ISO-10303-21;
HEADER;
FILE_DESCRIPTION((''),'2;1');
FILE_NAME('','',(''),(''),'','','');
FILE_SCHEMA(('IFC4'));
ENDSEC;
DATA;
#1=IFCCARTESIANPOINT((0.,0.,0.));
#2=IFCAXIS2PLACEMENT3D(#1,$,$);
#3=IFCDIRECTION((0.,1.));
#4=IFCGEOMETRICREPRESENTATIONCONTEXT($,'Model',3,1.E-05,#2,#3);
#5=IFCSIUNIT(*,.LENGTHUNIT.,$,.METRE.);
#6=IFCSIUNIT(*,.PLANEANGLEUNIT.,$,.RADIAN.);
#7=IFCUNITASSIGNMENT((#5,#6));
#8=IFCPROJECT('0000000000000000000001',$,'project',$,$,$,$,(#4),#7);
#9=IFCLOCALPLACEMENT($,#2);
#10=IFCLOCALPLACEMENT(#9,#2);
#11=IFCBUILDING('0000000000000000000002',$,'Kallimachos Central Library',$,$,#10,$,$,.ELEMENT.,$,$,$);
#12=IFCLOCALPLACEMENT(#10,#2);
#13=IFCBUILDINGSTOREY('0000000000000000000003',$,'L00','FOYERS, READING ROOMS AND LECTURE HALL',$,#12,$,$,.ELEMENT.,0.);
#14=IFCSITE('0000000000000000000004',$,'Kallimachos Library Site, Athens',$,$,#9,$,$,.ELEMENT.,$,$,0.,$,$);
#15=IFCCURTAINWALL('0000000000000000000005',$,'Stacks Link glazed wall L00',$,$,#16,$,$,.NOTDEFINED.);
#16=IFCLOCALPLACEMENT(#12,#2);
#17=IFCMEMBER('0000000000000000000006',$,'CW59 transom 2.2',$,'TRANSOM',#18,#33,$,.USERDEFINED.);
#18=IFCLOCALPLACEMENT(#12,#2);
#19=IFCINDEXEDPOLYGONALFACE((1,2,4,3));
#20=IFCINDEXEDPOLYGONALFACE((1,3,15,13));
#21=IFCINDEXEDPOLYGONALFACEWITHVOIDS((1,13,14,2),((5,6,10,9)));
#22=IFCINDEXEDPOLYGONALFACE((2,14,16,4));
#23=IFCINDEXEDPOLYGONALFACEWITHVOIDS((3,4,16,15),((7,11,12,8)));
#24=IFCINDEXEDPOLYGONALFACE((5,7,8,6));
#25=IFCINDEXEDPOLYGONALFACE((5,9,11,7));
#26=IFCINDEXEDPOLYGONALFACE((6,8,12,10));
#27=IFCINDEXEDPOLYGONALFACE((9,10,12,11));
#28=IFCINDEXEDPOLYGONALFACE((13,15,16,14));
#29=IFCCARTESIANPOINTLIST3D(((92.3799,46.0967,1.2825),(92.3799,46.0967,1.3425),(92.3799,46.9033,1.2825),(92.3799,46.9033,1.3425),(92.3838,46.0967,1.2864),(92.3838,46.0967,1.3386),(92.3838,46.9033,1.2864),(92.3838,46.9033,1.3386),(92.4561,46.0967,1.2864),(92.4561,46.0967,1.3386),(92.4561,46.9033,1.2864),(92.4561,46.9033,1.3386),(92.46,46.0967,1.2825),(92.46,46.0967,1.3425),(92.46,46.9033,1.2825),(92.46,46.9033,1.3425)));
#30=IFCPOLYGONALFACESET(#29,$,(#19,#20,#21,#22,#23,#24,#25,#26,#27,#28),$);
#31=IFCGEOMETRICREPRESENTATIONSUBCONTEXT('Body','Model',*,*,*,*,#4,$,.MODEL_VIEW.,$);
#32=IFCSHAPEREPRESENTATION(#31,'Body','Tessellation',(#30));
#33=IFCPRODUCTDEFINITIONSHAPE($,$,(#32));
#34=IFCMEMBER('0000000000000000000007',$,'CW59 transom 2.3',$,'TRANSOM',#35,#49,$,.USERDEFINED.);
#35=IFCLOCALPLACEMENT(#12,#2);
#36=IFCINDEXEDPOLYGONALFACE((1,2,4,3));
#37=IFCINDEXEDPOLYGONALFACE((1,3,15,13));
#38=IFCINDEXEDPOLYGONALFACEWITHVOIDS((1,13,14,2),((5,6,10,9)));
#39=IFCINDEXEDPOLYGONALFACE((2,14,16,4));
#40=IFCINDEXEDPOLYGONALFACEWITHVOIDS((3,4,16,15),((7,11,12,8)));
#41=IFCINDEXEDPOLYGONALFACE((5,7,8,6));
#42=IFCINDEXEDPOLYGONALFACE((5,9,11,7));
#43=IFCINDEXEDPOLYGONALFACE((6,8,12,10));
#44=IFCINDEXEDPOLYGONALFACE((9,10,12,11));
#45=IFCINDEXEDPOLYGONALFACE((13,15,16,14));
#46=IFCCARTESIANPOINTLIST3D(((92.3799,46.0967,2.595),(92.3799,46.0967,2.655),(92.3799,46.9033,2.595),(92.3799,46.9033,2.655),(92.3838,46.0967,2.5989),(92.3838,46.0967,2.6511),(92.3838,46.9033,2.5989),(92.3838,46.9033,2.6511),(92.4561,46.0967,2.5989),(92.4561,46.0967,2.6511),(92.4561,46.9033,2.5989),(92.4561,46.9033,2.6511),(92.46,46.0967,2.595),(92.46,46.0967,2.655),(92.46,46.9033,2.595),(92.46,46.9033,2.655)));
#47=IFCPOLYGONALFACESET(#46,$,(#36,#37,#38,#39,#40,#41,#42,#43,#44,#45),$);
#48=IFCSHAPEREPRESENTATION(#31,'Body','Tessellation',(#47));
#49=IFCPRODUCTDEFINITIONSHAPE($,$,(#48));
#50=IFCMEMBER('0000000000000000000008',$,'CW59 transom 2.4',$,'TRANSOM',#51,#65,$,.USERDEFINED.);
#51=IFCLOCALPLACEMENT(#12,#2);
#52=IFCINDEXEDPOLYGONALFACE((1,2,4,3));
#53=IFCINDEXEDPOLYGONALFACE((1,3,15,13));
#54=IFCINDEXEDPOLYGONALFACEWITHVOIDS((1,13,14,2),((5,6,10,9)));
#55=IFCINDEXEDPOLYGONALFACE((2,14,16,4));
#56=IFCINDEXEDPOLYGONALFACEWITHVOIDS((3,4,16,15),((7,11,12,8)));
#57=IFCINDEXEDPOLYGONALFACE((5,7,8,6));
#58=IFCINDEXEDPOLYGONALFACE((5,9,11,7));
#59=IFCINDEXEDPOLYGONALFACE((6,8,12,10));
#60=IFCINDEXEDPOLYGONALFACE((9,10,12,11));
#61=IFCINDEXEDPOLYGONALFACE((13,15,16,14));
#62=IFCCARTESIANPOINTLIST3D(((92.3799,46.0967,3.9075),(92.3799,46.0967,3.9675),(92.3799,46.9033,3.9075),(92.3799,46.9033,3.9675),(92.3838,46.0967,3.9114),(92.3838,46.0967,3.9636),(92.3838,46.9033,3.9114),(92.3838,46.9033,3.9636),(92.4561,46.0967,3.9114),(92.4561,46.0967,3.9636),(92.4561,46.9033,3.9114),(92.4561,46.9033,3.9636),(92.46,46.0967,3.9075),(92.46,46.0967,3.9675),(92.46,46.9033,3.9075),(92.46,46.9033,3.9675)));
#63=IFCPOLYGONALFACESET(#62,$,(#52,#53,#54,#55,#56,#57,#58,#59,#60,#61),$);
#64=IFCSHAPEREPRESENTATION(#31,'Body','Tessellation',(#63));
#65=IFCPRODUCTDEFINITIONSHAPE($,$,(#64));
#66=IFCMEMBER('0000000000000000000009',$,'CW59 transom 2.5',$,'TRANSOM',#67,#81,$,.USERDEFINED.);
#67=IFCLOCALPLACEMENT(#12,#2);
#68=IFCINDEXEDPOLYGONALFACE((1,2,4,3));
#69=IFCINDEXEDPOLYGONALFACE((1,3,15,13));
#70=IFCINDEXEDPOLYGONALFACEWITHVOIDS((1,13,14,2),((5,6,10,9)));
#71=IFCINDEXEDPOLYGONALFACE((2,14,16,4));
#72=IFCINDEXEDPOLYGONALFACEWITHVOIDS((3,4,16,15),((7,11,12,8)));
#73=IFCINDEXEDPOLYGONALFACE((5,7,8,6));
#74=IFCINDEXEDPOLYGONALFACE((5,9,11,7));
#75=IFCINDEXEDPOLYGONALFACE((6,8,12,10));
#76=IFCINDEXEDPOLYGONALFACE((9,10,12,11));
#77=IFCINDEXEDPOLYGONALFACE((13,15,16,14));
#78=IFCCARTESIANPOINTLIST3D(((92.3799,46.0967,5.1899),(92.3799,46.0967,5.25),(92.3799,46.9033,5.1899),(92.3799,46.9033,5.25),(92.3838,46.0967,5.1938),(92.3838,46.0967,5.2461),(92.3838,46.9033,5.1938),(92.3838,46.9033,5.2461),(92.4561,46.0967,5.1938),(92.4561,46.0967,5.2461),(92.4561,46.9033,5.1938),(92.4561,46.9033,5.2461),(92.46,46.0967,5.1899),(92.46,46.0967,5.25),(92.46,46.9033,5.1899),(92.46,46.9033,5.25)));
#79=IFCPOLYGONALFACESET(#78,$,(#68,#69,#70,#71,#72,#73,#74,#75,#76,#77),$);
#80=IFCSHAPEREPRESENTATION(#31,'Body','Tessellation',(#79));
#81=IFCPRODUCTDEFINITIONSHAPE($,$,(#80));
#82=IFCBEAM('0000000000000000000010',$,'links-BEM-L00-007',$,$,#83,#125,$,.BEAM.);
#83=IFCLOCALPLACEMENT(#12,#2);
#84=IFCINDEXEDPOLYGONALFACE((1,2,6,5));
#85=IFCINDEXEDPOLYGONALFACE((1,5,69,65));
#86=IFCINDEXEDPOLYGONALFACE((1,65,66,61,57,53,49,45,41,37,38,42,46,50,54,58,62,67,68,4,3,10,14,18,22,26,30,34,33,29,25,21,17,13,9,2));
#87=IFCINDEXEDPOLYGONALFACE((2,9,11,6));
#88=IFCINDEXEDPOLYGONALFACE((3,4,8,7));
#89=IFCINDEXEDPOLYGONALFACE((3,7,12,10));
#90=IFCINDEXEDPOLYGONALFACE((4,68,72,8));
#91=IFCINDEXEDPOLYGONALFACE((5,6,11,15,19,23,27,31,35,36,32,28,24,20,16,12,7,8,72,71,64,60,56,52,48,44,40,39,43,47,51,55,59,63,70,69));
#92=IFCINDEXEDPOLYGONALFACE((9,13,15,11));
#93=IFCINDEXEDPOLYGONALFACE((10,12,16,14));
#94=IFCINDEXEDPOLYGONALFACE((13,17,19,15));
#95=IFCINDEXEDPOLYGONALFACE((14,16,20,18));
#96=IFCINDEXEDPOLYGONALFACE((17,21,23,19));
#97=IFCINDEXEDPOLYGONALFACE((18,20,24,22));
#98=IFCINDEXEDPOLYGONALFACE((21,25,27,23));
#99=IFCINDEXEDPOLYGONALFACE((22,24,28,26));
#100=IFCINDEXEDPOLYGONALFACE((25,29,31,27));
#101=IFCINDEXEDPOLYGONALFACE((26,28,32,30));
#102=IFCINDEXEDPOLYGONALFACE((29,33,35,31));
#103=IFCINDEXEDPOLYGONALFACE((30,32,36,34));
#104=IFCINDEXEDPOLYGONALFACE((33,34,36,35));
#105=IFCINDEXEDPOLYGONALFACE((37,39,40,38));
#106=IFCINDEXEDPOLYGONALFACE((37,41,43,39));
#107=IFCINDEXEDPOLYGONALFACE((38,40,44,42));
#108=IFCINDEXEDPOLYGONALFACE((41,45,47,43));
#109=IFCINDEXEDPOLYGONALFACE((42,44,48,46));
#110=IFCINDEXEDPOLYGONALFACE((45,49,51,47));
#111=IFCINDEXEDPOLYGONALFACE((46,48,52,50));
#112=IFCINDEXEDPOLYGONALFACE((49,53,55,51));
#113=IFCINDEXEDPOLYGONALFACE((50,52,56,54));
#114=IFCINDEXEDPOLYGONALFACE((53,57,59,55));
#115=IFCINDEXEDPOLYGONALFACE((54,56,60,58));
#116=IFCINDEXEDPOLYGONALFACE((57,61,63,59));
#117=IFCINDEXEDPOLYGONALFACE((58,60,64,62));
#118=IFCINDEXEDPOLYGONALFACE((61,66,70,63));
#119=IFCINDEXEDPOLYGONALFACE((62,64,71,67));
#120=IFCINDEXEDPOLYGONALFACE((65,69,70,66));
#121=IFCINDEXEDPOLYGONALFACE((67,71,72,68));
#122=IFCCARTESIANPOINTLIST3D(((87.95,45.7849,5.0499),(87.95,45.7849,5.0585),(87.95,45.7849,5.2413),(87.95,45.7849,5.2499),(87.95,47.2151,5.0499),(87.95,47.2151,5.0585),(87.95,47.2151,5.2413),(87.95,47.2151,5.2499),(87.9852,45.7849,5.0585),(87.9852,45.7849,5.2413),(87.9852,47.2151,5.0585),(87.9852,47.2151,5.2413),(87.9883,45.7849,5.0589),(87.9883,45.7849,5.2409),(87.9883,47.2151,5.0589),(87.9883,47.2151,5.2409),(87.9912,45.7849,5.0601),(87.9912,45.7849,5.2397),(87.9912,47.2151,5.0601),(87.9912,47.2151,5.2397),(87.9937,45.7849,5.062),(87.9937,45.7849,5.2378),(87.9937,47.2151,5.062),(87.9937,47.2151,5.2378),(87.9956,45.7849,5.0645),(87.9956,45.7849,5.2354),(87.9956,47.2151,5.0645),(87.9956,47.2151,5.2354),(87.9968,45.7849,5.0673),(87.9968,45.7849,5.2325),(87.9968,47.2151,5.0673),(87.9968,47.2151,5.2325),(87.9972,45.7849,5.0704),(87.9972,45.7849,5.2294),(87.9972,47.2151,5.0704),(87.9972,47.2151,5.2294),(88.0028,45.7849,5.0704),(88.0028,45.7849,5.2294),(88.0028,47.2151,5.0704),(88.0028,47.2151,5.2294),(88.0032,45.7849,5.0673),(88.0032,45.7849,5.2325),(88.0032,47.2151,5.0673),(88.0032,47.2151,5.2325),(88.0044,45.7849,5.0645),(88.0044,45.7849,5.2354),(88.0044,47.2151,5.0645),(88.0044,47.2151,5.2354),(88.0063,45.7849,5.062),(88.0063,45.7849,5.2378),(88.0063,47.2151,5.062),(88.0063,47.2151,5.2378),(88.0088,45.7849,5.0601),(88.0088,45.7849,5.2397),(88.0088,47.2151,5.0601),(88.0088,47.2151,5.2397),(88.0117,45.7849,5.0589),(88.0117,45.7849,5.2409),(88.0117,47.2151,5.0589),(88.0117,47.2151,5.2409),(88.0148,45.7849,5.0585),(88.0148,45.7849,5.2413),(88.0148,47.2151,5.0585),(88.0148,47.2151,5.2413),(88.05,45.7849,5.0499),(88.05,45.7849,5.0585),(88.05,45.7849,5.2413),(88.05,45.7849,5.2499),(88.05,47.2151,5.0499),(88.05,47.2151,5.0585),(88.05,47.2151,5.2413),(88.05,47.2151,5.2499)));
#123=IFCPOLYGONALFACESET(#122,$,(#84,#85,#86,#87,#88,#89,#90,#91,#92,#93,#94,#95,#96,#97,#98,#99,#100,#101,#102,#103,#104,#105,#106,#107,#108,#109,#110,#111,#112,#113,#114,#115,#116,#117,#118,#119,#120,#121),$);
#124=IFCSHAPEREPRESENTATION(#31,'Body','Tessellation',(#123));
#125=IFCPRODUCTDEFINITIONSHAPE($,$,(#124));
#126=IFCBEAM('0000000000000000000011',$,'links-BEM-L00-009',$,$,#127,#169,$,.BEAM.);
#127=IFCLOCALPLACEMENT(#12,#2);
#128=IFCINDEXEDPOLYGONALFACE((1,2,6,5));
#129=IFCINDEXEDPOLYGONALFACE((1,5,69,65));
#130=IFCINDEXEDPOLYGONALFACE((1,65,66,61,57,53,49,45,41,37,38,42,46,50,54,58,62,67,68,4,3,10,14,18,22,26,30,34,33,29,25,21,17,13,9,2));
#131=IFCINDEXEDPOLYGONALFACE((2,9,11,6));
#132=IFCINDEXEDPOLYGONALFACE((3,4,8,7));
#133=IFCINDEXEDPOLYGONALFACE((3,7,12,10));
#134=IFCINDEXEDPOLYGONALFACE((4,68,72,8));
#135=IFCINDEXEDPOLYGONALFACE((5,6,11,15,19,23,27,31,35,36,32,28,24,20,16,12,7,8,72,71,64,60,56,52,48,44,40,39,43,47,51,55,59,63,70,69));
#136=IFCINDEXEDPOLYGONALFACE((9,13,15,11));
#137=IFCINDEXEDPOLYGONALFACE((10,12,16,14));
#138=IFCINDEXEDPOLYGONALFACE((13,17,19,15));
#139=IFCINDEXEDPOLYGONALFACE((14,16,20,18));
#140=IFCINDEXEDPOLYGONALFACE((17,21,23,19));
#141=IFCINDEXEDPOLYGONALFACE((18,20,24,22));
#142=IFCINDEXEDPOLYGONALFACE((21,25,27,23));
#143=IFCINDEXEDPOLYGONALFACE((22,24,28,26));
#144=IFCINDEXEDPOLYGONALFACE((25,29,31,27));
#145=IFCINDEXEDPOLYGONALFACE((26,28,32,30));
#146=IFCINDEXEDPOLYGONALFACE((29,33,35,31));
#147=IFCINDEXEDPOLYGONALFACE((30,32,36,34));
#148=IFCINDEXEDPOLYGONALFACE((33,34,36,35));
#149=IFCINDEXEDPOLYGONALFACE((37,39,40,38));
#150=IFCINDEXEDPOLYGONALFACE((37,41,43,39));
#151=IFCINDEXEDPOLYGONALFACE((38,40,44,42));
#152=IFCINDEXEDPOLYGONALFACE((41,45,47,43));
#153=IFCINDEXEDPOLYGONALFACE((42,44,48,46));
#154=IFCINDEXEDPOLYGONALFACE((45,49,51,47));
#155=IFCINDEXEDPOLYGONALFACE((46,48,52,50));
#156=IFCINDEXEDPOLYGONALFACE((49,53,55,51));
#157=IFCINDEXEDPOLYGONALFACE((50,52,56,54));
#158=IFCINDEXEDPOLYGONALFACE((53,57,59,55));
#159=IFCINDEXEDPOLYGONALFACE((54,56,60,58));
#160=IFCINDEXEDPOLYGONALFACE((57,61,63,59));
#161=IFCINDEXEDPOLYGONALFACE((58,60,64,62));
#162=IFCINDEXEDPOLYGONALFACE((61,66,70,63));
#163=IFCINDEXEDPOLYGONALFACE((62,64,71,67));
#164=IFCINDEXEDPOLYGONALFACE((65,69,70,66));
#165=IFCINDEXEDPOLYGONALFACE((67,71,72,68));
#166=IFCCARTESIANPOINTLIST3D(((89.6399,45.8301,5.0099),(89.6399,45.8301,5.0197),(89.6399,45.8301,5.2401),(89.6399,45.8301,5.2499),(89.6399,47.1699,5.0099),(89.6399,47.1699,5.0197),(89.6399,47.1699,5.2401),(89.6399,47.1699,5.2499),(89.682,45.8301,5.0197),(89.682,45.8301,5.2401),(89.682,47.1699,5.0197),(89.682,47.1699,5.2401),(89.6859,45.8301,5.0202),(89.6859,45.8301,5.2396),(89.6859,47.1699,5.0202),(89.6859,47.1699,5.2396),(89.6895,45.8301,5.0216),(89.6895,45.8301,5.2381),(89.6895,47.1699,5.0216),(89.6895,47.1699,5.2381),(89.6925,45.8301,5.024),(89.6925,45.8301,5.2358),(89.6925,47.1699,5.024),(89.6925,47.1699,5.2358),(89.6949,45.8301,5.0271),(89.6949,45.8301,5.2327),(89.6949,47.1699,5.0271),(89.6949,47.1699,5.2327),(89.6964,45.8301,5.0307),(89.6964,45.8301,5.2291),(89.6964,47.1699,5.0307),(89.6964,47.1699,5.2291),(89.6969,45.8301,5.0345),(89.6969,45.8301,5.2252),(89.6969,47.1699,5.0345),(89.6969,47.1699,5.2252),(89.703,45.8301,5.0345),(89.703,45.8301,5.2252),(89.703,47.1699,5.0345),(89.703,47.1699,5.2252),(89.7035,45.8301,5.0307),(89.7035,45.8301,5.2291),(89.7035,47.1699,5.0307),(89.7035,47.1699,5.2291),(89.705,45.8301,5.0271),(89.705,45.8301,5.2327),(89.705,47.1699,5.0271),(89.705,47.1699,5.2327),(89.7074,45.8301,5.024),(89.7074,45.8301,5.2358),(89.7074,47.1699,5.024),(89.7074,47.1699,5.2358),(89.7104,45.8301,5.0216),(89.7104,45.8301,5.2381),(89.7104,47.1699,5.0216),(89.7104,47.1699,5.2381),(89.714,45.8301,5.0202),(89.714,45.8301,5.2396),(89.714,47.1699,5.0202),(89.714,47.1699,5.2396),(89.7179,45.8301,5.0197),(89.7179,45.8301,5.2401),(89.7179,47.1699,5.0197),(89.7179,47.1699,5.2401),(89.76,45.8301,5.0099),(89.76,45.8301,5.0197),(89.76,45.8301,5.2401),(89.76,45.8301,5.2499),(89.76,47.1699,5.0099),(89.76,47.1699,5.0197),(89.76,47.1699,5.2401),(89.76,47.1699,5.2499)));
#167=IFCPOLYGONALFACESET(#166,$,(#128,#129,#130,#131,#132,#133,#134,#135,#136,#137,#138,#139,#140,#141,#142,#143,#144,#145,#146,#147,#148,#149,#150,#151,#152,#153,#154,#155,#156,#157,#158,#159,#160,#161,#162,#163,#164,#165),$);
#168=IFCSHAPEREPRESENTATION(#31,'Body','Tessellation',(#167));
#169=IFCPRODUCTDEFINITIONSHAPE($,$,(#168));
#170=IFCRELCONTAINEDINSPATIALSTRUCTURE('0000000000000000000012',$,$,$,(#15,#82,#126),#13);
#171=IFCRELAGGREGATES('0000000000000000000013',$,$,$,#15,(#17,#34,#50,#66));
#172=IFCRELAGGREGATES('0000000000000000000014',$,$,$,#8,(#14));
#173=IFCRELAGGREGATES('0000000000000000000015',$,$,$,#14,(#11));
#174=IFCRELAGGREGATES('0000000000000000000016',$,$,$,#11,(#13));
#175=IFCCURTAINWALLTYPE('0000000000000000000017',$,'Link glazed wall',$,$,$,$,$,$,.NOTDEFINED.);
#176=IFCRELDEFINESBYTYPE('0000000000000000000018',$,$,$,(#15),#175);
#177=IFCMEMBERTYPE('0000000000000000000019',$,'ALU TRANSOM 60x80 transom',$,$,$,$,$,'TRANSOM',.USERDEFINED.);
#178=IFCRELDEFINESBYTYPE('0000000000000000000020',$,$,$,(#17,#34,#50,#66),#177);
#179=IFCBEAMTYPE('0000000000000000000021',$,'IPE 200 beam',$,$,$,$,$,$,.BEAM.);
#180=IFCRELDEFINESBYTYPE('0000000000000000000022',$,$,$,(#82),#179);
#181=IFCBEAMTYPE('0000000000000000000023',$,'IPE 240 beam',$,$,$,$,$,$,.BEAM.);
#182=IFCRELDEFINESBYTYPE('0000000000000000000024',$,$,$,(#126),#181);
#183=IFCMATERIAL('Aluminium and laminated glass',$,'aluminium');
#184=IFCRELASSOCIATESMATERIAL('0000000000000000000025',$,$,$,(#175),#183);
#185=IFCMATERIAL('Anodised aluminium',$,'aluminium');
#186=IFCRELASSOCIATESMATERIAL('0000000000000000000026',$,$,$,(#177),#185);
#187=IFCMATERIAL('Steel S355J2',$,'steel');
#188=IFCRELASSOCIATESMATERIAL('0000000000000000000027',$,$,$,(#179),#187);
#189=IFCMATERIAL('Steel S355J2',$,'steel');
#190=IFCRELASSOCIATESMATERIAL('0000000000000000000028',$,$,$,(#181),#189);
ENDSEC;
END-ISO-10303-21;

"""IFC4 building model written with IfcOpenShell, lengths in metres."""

from ifc_helpers import new_model, si_unit, direction, frame, origin, origin_2d, place, context, subcontext, project, spatial, hollow_rectangle, i_section, extrude, material, material_profile, profile_set, type_object, element, aggregate, save


model = new_model("IFC4")

# Units and contexts
model_context = context("Model", 3, precision=1e-05, world=origin(), true_north=direction((0.0, 1.0)))
body_context = subcontext(model_context, "Body", "Model", "MODEL_VIEW")
ifc_project = project(units=[si_unit("LENGTHUNIT", "METRE"), si_unit("PLANEANGLEUNIT", "RADIAN")], contexts=[model_context])

# Site, building, storey
site_placement = place(None, origin())
site = spatial("IfcSite", under=ifc_project, at=site_placement, Name="Kallimachos Library Site, Athens", CompositionType="ELEMENT", RefElevation=0.0)
building_placement = place(site_placement, origin())
building = spatial("IfcBuilding", under=site, at=building_placement, Name="Kallimachos Central Library", CompositionType="ELEMENT")
storey_placement = place(building_placement, origin())
storey = spatial("IfcBuildingStorey", under=building, at=storey_placement, Name="L00", Description="FOYERS, READING ROOMS AND LECTURE HALL", CompositionType="ELEMENT", Elevation=0.0)

# Curtain wall, members
ifc_material_1 = material(Name="Aluminium and laminated glass", Category="aluminium")
curtain_wall_type = type_object("IfcCurtainWallType", Name="Link glazed wall", PredefinedType="NOTDEFINED", material=ifc_material_1)
curtain_wall_placement = place(storey_placement, origin())
curtain_wall = element("IfcCurtainWall", 1, at=curtain_wall_placement, inside=storey, type_object=curtain_wall_type, Name="Stacks Link glazed wall L00", PredefinedType="NOTDEFINED")
ifc_material_2 = material(Name="Anodised aluminium", Category="aluminium")
ifc_material_profile_1 = material_profile(ifc_material_2, hollow_rectangle(XDim=0.0601, YDim=0.0801, WallThickness=0.0039, at=origin_2d()), Name="ALU TRANSOM 60x80")
ifc_profile_set_1 = profile_set([ifc_material_profile_1], Name="Anodised aluminium")
member_type_1 = type_object("IfcMemberType", Name="ALU TRANSOM 60x80 transom", ElementType="TRANSOM", PredefinedType="USERDEFINED", material=ifc_profile_set_1)
member_1_placement = place(storey_placement, frame((92.4199, 46.0967, 1.3125), z_axis=(0.0, 1.0, 0.0), x_axis=(0.0, 0.0, 1.0)))
member_1 = element("IfcMember", 2, at=member_1_placement, type_object=member_type_1, Name="CW59 transom 2.2", ObjectType="TRANSOM", PredefinedType="USERDEFINED", context=body_context, shape_type="SweptSolid", body=[
    extrude(hollow_rectangle(XDim=0.0601, YDim=0.0801, WallThickness=0.0039, at=origin_2d()), origin(), (0.0, 0.0, 1.0), 0.8066),
])
member_2_placement = place(storey_placement, frame((92.4199, 46.0967, 2.625), z_axis=(0.0, 1.0, 0.0), x_axis=(0.0, 0.0, 1.0)))
member_2 = element("IfcMember", 3, at=member_2_placement, type_object=member_type_1, Name="CW59 transom 2.3", ObjectType="TRANSOM", PredefinedType="USERDEFINED", context=body_context, shape_type="SweptSolid", body=[
    extrude(hollow_rectangle(XDim=0.0601, YDim=0.0801, WallThickness=0.0039, at=origin_2d()), origin(), (0.0, 0.0, 1.0), 0.8066),
])
member_3_placement = place(storey_placement, frame((92.4199, 46.0967, 3.9375), z_axis=(0.0, 1.0, 0.0), x_axis=(0.0, 0.0, 1.0)))
member_3 = element("IfcMember", 4, at=member_3_placement, type_object=member_type_1, Name="CW59 transom 2.4", ObjectType="TRANSOM", PredefinedType="USERDEFINED", context=body_context, shape_type="SweptSolid", body=[
    extrude(hollow_rectangle(XDim=0.0601, YDim=0.0801, WallThickness=0.0039, at=origin_2d()), origin(), (0.0, 0.0, 1.0), 0.8066),
])
member_4_placement = place(storey_placement, frame((92.4199, 46.0967, 5.22), z_axis=(0.0, 1.0, 0.0), x_axis=(0.0, 0.0, 1.0)))
member_4 = element("IfcMember", 5, at=member_4_placement, type_object=member_type_1, Name="CW59 transom 2.5", ObjectType="TRANSOM", PredefinedType="USERDEFINED", context=body_context, shape_type="SweptSolid", body=[
    extrude(hollow_rectangle(XDim=0.0601, YDim=0.0801, WallThickness=0.0039, at=origin_2d()), origin(), (0.0, 0.0, 1.0), 0.8066),
])

# Beams
ifc_material_3 = material(Name="Steel S355J2", Category="steel")
ifc_material_profile_2 = material_profile(ifc_material_3, i_section(OverallWidth=0.1001, OverallDepth=0.2, WebThickness=0.0056, FlangeThickness=0.0085, FilletRadius=0.012, at=origin_2d()), Name="IPE 200")
ifc_profile_set_2 = profile_set([ifc_material_profile_2], Name="Steel S355J2")
beam_type_1 = type_object("IfcBeamType", Name="IPE 200 beam", PredefinedType="BEAM", material=ifc_profile_set_2)
beam_1_placement = place(storey_placement, frame((88.0, 45.7849, 5.1499), z_axis=(0.0, 1.0, 0.0), x_axis=(-1.0, 0.0, 0.0)))
element("IfcBeam", 6, at=beam_1_placement, inside=storey, type_object=beam_type_1, Name="links-BEM-L00-007", PredefinedType="BEAM", context=body_context, shape_type="SweptSolid", body=[
    extrude(i_section(OverallWidth=0.1001, OverallDepth=0.2, WebThickness=0.0056, FlangeThickness=0.0085, FilletRadius=0.012, at=origin_2d()), origin(), (0.0, 0.0, 1.0), 1.4302),
])
ifc_material_4 = material(Name="Steel S355J2", Category="steel")
ifc_material_profile_3 = material_profile(ifc_material_4, i_section(OverallWidth=0.1201, OverallDepth=0.24, WebThickness=0.0061, FlangeThickness=0.0098, FilletRadius=0.0149, at=origin_2d()), Name="IPE 240")
ifc_profile_set_3 = profile_set([ifc_material_profile_3], Name="Steel S355J2")
beam_type_2 = type_object("IfcBeamType", Name="IPE 240 beam", PredefinedType="BEAM", material=ifc_profile_set_3)
beam_2_placement = place(storey_placement, frame((89.7, 45.8301, 5.1299), z_axis=(0.0, 1.0, 0.0), x_axis=(-1.0, 0.0, 0.0)))
element("IfcBeam", 7, at=beam_2_placement, inside=storey, type_object=beam_type_2, Name="links-BEM-L00-009", PredefinedType="BEAM", context=body_context, shape_type="SweptSolid", body=[
    extrude(i_section(OverallWidth=0.1201, OverallDepth=0.24, WebThickness=0.0061, FlangeThickness=0.0098, FilletRadius=0.0149, at=origin_2d()), origin(), (0.0, 0.0, 1.0), 1.3398),
])

aggregate(curtain_wall, [member_1, member_2, member_3, member_4])

save(model, "model.ifc")
